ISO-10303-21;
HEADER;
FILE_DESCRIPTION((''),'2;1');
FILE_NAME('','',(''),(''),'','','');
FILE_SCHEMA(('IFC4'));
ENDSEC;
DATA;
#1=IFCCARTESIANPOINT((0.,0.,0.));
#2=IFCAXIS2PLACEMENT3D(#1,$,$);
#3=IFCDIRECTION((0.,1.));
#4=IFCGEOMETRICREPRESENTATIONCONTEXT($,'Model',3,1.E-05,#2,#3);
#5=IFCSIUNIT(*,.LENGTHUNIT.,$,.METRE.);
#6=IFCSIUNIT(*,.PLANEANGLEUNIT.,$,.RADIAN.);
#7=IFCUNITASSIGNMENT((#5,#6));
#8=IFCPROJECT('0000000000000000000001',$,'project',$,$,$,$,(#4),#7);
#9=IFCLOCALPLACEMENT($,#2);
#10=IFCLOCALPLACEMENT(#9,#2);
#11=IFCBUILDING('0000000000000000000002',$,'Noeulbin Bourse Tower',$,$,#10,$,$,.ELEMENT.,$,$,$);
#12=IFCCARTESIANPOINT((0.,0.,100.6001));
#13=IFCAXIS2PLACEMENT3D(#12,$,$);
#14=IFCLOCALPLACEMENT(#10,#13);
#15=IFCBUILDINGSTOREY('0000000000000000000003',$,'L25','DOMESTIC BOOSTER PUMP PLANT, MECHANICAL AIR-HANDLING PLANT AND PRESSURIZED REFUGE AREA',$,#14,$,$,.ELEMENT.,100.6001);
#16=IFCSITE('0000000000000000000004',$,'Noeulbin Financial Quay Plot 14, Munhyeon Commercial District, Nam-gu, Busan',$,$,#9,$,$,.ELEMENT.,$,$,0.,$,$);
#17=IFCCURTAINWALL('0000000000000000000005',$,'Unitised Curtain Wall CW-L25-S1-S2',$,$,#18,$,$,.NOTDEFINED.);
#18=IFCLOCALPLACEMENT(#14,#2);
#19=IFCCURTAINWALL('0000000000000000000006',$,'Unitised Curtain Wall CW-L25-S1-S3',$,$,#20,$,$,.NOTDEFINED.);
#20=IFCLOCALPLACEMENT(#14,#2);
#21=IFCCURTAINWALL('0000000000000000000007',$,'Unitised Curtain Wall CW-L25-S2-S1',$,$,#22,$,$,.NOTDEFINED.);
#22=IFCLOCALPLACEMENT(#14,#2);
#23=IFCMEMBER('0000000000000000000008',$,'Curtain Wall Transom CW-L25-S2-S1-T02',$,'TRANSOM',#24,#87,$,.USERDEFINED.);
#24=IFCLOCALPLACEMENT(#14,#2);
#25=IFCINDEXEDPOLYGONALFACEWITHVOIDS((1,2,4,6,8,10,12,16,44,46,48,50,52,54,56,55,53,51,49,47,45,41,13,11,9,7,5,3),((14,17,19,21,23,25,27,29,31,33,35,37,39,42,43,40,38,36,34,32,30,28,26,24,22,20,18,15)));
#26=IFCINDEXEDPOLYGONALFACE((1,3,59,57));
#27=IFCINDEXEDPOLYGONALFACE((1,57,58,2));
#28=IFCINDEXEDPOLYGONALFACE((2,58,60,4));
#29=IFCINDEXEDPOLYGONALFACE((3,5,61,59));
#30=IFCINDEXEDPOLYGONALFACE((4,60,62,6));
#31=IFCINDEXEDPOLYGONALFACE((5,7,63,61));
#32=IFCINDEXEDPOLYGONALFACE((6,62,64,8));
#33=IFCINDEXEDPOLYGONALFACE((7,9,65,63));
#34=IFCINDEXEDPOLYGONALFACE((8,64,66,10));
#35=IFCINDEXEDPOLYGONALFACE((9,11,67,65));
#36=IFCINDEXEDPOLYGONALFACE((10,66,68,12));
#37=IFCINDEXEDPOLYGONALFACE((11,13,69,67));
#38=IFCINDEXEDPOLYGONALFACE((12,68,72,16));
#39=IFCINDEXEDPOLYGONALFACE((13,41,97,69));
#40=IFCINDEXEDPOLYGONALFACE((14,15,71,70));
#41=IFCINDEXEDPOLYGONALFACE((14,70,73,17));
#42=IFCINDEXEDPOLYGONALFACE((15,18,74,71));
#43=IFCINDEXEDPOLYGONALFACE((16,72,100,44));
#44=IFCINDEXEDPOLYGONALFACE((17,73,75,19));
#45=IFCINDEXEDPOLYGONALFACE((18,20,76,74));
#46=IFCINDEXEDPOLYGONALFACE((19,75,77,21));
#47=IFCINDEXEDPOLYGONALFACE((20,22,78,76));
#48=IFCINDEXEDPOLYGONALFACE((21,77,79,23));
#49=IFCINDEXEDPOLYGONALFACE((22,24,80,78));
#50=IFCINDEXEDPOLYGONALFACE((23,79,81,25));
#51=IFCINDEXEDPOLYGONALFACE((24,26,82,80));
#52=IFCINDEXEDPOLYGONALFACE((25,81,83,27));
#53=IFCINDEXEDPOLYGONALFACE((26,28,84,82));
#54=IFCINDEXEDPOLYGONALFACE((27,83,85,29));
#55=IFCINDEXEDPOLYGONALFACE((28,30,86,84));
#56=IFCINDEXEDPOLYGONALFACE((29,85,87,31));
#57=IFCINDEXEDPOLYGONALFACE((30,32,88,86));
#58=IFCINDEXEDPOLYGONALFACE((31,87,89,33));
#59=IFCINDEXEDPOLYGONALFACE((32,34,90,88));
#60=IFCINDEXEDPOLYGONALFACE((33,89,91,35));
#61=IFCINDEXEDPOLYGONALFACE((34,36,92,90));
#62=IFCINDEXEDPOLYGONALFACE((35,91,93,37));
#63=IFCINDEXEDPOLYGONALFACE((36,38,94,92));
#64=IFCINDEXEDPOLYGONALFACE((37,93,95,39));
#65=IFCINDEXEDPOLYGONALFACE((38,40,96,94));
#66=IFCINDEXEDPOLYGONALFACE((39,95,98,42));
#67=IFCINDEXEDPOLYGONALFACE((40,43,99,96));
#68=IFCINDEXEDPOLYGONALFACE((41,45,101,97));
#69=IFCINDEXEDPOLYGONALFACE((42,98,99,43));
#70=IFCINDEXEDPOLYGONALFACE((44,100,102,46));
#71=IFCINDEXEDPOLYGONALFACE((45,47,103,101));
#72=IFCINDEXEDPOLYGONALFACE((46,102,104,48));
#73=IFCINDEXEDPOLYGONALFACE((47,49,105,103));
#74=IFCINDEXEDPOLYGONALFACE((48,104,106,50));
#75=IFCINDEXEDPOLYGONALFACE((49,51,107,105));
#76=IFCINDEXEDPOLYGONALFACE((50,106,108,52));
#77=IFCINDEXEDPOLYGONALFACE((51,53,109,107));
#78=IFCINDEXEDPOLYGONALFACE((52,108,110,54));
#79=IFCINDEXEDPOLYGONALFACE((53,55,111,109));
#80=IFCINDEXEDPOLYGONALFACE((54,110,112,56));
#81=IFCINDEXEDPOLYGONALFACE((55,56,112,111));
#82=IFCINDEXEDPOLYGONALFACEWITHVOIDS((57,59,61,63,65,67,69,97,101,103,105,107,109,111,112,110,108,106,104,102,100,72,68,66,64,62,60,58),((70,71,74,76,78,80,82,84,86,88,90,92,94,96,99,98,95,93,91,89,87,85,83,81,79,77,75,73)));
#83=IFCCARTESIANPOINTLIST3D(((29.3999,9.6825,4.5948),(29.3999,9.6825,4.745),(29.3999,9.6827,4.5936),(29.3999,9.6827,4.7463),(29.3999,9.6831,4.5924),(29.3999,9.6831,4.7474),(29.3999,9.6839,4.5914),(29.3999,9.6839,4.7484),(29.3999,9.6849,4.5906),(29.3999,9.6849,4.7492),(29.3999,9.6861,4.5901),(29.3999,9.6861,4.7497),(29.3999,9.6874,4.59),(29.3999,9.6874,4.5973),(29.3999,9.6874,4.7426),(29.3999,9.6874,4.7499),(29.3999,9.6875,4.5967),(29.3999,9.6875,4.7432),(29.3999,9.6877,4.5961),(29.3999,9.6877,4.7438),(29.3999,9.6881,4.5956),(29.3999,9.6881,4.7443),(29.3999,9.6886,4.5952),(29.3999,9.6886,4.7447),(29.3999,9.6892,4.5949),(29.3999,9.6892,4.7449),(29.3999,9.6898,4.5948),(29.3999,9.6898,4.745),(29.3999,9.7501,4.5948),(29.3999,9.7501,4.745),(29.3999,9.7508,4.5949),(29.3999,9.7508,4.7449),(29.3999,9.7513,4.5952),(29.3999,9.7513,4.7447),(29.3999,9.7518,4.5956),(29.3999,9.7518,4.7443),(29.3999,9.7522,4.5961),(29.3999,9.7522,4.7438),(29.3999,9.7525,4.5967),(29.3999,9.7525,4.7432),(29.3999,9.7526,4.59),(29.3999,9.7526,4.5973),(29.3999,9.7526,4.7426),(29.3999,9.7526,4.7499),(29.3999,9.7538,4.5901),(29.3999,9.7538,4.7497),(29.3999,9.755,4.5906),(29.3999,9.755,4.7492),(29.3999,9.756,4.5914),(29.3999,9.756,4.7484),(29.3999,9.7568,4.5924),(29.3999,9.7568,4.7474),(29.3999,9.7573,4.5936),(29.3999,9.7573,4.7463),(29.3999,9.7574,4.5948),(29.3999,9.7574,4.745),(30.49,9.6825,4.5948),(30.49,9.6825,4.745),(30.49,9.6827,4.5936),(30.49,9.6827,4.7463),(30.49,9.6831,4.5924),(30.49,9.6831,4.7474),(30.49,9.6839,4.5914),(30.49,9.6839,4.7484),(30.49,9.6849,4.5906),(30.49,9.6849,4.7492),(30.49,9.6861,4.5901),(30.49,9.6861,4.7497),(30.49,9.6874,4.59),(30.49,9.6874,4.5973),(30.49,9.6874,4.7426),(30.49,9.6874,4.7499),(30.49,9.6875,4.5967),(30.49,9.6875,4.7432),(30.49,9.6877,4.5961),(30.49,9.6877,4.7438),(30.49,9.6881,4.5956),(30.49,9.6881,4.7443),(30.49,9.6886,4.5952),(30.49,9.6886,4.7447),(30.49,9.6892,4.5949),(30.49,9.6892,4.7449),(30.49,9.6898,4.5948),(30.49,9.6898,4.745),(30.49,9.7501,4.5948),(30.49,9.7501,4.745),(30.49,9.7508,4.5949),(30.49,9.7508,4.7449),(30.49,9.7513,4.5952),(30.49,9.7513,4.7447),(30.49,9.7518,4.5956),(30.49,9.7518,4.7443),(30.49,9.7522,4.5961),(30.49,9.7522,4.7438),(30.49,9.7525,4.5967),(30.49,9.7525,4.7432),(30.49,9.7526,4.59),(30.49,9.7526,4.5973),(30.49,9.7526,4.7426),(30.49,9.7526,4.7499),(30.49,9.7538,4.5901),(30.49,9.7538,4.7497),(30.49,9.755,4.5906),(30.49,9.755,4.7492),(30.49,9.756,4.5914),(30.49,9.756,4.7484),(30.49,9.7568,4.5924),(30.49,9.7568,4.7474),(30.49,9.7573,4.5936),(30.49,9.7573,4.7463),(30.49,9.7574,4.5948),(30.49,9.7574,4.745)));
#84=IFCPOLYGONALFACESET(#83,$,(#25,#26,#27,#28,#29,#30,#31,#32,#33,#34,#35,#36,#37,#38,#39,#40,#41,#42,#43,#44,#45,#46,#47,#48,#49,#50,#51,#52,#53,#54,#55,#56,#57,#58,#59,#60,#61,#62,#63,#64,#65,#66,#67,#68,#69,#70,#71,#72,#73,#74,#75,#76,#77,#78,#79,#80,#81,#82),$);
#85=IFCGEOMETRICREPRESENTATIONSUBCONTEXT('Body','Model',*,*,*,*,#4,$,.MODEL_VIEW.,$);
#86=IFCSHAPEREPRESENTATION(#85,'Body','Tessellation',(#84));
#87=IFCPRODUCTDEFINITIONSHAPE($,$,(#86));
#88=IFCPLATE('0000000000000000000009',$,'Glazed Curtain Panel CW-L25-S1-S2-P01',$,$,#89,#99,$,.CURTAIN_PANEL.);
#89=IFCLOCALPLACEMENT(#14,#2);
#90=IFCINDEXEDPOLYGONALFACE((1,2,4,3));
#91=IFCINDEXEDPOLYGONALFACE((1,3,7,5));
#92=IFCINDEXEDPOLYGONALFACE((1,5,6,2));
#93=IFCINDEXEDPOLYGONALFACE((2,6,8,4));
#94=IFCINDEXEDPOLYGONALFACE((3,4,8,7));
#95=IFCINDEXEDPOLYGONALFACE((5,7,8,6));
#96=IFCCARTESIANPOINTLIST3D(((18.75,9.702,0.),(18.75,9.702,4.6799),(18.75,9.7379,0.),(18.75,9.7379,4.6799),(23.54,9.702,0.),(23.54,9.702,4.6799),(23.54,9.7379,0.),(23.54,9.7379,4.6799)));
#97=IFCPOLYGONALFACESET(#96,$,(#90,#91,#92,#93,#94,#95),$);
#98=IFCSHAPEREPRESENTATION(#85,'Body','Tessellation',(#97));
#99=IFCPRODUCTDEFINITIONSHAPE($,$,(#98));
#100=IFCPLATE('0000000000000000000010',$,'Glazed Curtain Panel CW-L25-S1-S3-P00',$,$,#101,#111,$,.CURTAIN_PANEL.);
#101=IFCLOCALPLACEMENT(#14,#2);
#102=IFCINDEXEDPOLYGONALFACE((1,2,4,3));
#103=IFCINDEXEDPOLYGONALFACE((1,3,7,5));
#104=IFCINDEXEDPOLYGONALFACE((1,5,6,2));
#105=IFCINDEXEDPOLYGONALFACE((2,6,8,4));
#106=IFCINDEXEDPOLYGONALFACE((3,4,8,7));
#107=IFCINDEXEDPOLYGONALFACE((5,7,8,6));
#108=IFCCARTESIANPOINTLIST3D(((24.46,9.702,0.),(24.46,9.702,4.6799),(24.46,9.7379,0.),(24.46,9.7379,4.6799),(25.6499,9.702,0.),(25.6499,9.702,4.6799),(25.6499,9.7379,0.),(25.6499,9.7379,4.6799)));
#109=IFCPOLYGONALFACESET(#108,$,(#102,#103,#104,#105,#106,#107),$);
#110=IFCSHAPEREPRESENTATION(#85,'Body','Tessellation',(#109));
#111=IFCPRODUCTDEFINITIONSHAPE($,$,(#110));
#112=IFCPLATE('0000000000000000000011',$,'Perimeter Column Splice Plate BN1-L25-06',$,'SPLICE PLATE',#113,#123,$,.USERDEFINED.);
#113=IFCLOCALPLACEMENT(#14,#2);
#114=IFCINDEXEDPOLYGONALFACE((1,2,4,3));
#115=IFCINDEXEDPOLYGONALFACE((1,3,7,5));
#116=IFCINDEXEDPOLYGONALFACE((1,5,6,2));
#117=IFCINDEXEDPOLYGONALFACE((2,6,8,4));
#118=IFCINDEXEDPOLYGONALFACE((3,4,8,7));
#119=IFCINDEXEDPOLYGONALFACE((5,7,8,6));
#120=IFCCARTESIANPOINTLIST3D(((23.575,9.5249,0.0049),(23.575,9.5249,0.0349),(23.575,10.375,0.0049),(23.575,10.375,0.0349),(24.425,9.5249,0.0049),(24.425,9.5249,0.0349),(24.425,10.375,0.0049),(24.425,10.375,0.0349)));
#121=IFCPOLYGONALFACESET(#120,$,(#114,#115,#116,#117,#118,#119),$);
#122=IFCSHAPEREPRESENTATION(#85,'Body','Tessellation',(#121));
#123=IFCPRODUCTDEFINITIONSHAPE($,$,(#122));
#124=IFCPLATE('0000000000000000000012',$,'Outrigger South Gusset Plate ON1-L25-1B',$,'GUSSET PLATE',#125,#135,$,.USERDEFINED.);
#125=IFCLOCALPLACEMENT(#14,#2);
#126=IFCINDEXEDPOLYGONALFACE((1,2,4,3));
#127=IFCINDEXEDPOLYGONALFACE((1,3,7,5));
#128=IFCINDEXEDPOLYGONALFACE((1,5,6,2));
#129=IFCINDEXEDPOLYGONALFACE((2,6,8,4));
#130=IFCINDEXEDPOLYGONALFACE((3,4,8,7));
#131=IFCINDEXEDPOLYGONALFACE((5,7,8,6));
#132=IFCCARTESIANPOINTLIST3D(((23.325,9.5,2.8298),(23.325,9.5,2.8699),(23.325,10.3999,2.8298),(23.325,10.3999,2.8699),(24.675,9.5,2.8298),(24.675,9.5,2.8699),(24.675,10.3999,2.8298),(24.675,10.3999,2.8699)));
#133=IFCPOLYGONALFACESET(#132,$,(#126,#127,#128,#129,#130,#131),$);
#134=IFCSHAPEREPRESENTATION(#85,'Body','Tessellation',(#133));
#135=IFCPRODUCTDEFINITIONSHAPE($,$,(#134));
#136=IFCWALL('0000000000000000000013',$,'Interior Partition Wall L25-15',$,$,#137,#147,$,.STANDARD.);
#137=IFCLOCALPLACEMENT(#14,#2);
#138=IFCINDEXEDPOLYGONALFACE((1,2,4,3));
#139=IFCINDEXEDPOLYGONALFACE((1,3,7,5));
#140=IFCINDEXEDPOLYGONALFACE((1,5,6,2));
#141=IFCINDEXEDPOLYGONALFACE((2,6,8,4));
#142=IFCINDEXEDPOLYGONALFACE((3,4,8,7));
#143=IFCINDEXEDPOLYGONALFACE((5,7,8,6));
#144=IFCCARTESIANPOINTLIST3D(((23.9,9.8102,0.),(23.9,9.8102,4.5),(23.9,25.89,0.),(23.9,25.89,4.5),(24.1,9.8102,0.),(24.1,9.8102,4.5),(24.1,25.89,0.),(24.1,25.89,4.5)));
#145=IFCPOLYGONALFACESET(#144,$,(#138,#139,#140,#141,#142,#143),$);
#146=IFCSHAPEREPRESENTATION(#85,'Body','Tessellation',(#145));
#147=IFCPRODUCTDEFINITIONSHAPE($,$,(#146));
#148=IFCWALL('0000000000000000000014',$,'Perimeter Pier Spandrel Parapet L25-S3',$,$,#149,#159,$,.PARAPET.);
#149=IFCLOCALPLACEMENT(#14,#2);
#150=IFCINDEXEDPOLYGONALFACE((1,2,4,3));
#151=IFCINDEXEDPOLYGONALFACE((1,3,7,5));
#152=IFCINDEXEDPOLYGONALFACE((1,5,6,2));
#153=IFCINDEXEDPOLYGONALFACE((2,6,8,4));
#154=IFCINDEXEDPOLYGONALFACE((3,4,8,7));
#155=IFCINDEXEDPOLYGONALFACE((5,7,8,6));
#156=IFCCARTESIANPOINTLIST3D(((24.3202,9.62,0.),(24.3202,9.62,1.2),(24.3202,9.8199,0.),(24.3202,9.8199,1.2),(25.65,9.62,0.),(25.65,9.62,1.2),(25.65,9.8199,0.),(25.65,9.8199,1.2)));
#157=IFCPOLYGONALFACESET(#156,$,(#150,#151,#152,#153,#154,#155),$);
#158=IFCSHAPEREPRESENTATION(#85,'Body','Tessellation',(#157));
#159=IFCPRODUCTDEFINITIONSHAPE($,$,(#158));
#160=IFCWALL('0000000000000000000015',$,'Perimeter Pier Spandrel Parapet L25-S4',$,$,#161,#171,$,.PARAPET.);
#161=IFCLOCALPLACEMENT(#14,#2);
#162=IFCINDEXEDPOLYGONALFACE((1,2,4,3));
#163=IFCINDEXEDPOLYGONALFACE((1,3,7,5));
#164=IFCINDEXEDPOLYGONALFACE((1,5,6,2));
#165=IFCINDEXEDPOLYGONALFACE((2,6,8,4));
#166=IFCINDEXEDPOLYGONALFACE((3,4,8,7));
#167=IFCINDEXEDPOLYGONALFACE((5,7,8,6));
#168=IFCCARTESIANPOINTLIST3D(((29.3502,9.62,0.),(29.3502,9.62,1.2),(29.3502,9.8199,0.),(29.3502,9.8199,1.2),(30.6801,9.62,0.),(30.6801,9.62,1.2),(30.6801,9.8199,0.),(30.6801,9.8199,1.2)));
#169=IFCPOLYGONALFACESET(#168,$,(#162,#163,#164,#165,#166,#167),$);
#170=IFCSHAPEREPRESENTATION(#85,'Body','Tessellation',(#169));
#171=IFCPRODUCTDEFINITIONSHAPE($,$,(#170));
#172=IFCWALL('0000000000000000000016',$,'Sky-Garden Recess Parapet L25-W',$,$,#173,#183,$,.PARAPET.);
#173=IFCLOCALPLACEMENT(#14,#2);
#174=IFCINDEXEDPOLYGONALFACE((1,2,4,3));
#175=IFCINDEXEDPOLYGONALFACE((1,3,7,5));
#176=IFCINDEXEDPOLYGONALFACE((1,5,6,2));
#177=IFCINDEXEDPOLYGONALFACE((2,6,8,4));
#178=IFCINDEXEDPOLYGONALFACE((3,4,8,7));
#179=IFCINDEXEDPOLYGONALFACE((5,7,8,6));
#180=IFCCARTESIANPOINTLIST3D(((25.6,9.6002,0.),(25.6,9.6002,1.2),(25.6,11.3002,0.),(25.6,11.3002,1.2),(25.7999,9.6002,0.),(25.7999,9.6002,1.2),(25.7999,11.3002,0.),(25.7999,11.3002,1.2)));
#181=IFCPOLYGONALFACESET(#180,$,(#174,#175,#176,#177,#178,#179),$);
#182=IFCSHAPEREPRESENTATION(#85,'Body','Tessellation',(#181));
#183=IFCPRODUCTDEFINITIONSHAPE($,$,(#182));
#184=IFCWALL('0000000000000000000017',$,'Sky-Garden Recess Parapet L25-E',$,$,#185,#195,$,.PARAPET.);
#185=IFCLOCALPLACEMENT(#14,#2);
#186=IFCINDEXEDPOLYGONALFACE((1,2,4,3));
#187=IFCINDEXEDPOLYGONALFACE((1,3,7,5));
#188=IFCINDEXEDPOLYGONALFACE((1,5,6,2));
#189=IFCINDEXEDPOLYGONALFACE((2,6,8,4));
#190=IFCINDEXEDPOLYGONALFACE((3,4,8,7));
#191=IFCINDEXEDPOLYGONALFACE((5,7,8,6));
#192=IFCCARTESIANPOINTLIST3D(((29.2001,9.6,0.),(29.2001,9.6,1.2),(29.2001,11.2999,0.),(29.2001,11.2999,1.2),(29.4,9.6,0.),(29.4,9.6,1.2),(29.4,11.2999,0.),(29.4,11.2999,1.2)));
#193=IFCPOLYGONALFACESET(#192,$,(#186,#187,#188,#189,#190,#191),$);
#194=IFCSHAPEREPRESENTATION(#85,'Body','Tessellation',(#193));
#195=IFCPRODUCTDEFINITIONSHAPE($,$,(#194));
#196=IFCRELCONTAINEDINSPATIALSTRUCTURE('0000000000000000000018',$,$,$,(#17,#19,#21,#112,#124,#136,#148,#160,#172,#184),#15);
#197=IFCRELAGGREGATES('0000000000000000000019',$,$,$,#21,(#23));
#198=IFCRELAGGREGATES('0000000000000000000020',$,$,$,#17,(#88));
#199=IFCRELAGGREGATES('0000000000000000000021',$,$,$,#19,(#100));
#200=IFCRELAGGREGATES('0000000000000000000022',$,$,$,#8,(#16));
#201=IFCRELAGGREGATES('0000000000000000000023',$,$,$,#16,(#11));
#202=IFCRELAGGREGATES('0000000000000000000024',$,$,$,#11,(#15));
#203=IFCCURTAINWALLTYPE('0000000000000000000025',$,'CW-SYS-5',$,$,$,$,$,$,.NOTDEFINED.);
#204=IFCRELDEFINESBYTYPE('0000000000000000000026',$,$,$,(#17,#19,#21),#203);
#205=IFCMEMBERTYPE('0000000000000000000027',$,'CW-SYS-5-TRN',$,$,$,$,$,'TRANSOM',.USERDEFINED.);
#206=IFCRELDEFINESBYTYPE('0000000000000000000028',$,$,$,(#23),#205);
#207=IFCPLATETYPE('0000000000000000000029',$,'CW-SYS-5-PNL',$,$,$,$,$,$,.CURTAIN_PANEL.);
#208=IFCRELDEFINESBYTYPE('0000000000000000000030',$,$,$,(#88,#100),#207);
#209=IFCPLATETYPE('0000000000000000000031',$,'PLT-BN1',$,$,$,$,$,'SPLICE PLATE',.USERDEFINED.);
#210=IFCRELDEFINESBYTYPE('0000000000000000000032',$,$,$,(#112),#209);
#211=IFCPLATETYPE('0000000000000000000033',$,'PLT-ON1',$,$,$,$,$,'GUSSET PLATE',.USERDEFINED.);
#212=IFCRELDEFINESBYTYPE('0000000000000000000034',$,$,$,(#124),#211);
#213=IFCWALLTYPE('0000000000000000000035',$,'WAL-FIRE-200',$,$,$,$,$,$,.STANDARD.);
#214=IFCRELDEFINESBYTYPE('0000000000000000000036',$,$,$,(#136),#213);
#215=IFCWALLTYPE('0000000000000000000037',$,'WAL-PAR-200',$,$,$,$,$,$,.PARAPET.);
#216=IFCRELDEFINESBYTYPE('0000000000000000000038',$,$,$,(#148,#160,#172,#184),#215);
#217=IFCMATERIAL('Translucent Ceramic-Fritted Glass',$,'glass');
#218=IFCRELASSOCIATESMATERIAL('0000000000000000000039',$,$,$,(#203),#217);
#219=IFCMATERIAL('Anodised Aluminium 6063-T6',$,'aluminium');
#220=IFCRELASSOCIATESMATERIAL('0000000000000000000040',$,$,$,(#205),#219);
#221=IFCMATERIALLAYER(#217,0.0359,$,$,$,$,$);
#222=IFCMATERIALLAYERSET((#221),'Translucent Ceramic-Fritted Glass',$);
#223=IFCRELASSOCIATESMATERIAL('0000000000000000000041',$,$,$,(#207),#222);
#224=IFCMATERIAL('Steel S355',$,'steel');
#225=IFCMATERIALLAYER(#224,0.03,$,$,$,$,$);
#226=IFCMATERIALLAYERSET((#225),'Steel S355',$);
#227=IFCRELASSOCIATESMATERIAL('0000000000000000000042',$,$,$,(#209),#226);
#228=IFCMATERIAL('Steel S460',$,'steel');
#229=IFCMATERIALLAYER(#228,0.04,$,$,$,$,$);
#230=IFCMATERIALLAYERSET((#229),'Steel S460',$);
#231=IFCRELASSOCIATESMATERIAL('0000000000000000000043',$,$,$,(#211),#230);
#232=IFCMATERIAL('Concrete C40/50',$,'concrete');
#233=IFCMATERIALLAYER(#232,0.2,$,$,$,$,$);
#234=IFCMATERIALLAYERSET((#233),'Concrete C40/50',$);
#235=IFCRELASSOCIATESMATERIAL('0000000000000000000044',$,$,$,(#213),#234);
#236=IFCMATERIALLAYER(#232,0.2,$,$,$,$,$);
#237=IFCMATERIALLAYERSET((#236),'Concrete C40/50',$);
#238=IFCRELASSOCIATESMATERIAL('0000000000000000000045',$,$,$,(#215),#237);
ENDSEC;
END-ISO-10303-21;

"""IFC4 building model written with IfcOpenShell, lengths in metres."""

from ifc_helpers import new_model, si_unit, direction, frame, frame_2d, origin, origin_2d, place, context, subcontext, project, spatial, rectangle, hollow_rectangle, extrude, material, layer, layer_set, material_profile, profile_set, type_object, element, aggregate, save


model = new_model("IFC4")

# Units and contexts
model_context = context("Model", 3, precision=1e-05, world=origin(), true_north=direction((0.0, 1.0)))
body_context = subcontext(model_context, "Body", "Model", "MODEL_VIEW")
ifc_project = project(units=[si_unit("LENGTHUNIT", "METRE"), si_unit("PLANEANGLEUNIT", "RADIAN")], contexts=[model_context])

# Site, building, storey
site_placement = place(None, origin())
site = spatial("IfcSite", under=ifc_project, at=site_placement, Name="Noeulbin Financial Quay Plot 14, Munhyeon Commercial District, Nam-gu, Busan", CompositionType="ELEMENT", RefElevation=0.0)
building_placement = place(site_placement, origin())
building = spatial("IfcBuilding", under=site, at=building_placement, Name="Noeulbin Bourse Tower", CompositionType="ELEMENT")
storey_placement = place(building_placement, frame((0.0, 0.0, 100.6001)))
storey = spatial("IfcBuildingStorey", under=building, at=storey_placement, Name="L25", Description="DOMESTIC BOOSTER PUMP PLANT, MECHANICAL AIR-HANDLING PLANT AND PRESSURIZED REFUGE AREA", CompositionType="ELEMENT", Elevation=100.6001)

# Shared definitions
ifc_material_1 = material(Name="Steel S460", Category="steel")

# Shared definitions
ifc_material_2 = material(Name="Steel S355", Category="steel")

# Curtain wall
ifc_material_3 = material(Name="Translucent Ceramic-Fritted Glass", Category="glass")
curtain_wall_type = type_object("IfcCurtainWallType", Name="CW-SYS-5", PredefinedType="NOTDEFINED", material=ifc_material_3)
ifc_material_4 = material(Name="Anodised Aluminium 6063-T6", Category="aluminium")
curtain_wall_1_placement = place(storey_placement, origin())
curtain_wall_1 = element("IfcCurtainWall", 1, at=curtain_wall_1_placement, inside=storey, type_object=curtain_wall_type, Name="Unitised Curtain Wall CW-L25-S1-S2", PredefinedType="NOTDEFINED")

# Curtain wall
curtain_wall_2_placement = place(storey_placement, origin())
curtain_wall_2 = element("IfcCurtainWall", 2, at=curtain_wall_2_placement, inside=storey, type_object=curtain_wall_type, Name="Unitised Curtain Wall CW-L25-S1-S3", PredefinedType="NOTDEFINED")

# Curtain wall
curtain_wall_3_placement = place(storey_placement, origin())
curtain_wall_3 = element("IfcCurtainWall", 3, at=curtain_wall_3_placement, inside=storey, type_object=curtain_wall_type, Name="Unitised Curtain Wall CW-L25-S2-S1", PredefinedType="NOTDEFINED")

# Member
ifc_material_profile_1 = material_profile(ifc_material_4, hollow_rectangle(XDim=0.075, YDim=0.1599, WallThickness=0.0049, InnerFilletRadius=0.0024, OuterFilletRadius=0.0049, at=origin_2d()), Name="ALU-TRAN-75x160x5", Category="LoadBearing")
ifc_profile_set_1 = profile_set([ifc_material_profile_1], Name="Anodised Aluminium 6063-T6")
member_type_1 = type_object("IfcMemberType", Name="CW-SYS-5-TRN", ElementType="TRANSOM", PredefinedType="USERDEFINED", material=ifc_profile_set_1)
member_1_placement = place(storey_placement, frame((29.3999, 9.72, 4.6699), z_axis=(1.0, 0.0, 0.0), x_axis=(0.0, 1.0, 0.0)))
member_1 = element("IfcMember", 4, at=member_1_placement, type_object=member_type_1, Name="Curtain Wall Transom CW-L25-S2-S1-T02", ObjectType="TRANSOM", PredefinedType="USERDEFINED", context=body_context, shape_type="SweptSolid", body=[
    extrude(hollow_rectangle(XDim=0.075, YDim=0.1599, WallThickness=0.0049, InnerFilletRadius=0.0024, OuterFilletRadius=0.0049, at=origin_2d()), origin(), (0.0, 0.0, 1.0), 1.0901),
])
aggregate(curtain_wall_3, [member_1])

# Plates
ifc_layer_1 = layer(ifc_material_3, 0.0359)
ifc_layer_set_1 = layer_set([ifc_layer_1], Name="Translucent Ceramic-Fritted Glass")
plate_type_1 = type_object("IfcPlateType", Name="CW-SYS-5-PNL", PredefinedType="CURTAIN_PANEL", material=ifc_layer_set_1)
plate_1_placement = place(storey_placement, frame((21.145, 9.72, 0.0), z_axis=(0.0, 0.0, 1.0), x_axis=(1.0, 0.0, 0.0)))
plate_1 = element("IfcPlate", 5, at=plate_1_placement, type_object=plate_type_1, Name="Glazed Curtain Panel CW-L25-S1-S2-P01", PredefinedType="CURTAIN_PANEL", context=body_context, shape_type="SweptSolid", body=[
    extrude(rectangle(XDim=4.79, YDim=0.0359, at=origin_2d()), origin(), (0.0, 0.0, 1.0), 4.6799),
])
aggregate(curtain_wall_1, [plate_1])
plate_2_placement = place(storey_placement, frame((25.0549, 9.72, 0.0), z_axis=(0.0, 0.0, 1.0), x_axis=(1.0, 0.0, 0.0)))
plate_2 = element("IfcPlate", 6, at=plate_2_placement, type_object=plate_type_1, Name="Glazed Curtain Panel CW-L25-S1-S3-P00", PredefinedType="CURTAIN_PANEL", context=body_context, shape_type="SweptSolid", body=[
    extrude(rectangle(XDim=1.1899, YDim=0.0359, at=origin_2d()), origin(), (0.0, 0.0, 1.0), 4.6799),
])
aggregate(curtain_wall_2, [plate_2])

# Plates
ifc_layer_2 = layer(ifc_material_2, 0.03)
ifc_layer_set_2 = layer_set([ifc_layer_2], Name="Steel S355")
plate_type_2 = type_object("IfcPlateType", Name="PLT-BN1", ElementType="SPLICE PLATE", PredefinedType="USERDEFINED", material=ifc_layer_set_2)
plate_3_placement = place(storey_placement, frame((24.0, 9.95, 0.0049), z_axis=(0.0, 0.0, 1.0), x_axis=(1.0, 0.0, 0.0)))
element("IfcPlate", 7, at=plate_3_placement, inside=storey, type_object=plate_type_2, Name="Perimeter Column Splice Plate BN1-L25-06", ObjectType="SPLICE PLATE", PredefinedType="USERDEFINED", context=body_context, shape_type="SweptSolid", body=[
    extrude(rectangle(XDim=0.8501, YDim=0.8501, at=origin_2d()), origin(), (0.0, 0.0, 1.0), 0.03),
])
ifc_layer_3 = layer(ifc_material_1, 0.04)
ifc_layer_set_3 = layer_set([ifc_layer_3], Name="Steel S460")
plate_type_3 = type_object("IfcPlateType", Name="PLT-ON1", ElementType="GUSSET PLATE", PredefinedType="USERDEFINED", material=ifc_layer_set_3)
plate_4_placement = place(storey_placement, frame((24.0, 9.95, 2.8298), z_axis=(0.0, 0.0, 1.0), x_axis=(1.0, 0.0, 0.0)))
element("IfcPlate", 8, at=plate_4_placement, inside=storey, type_object=plate_type_3, Name="Outrigger South Gusset Plate ON1-L25-1B", ObjectType="GUSSET PLATE", PredefinedType="USERDEFINED", context=body_context, shape_type="SweptSolid", body=[
    extrude(rectangle(XDim=1.3501, YDim=0.8999, at=origin_2d()), origin(), (0.0, 0.0, 1.0), 0.04),
])

# Walls
ifc_material_5 = material(Name="Concrete C40/50", Category="concrete")
ifc_layer_4 = layer(ifc_material_5, 0.2)
ifc_layer_set_4 = layer_set([ifc_layer_4], Name="Concrete C40/50")
wall_type_1 = type_object("IfcWallType", Name="WAL-FIRE-200", PredefinedType="STANDARD", material=ifc_layer_set_4)
wall_placement = place(storey_placement, frame((24.0, 9.8101, 0.0), z_axis=(0.0, 0.0, 1.0), x_axis=(0.0, 1.0, 0.0)))
element("IfcWall", 9, at=wall_placement, inside=storey, type_object=wall_type_1, Name="Interior Partition Wall L25-15", PredefinedType="STANDARD", context=body_context, shape_type="SweptSolid", body=[
    extrude(rectangle(XDim=16.0798, YDim=0.2, at=frame_2d((8.04, 0.0))), origin(), (0.0, 0.0, 1.0), 4.5),
])
ifc_layer_5 = layer(ifc_material_5, 0.2)
ifc_layer_set_5 = layer_set([ifc_layer_5], Name="Concrete C40/50")
wall_type_2 = type_object("IfcWallType", Name="WAL-PAR-200", PredefinedType="PARAPET", material=ifc_layer_set_5)
for number, where, z_axis, x_axis, name in (
    (10, (24.3201, 9.72, 0.0), (0.0, 0.0, 1.0), (1.0, 0.0, 0.0), "Perimeter Pier Spandrel Parapet L25-S3"),
    (11, (29.3501, 9.72, 0.0), (0.0, 0.0, 1.0), (1.0, 0.0, 0.0), "Perimeter Pier Spandrel Parapet L25-S4"),
):
    element("IfcWall", number, at=place(storey_placement, frame(where, z_axis=z_axis, x_axis=x_axis)), inside=storey, type_object=wall_type_2, Name=name, PredefinedType="PARAPET", context=body_context, shape_type="SweptSolid", body=[
        extrude(rectangle(XDim=1.3298, YDim=0.2, at=frame_2d((0.665, 0.0))), origin(), (0.0, 0.0, 1.0), 1.2),
    ])
for number, where, z_axis, x_axis, name in (
    (12, (25.7, 9.6001, 0.0), (0.0, 0.0, 1.0), (0.0, 1.0, 0.0), "Sky-Garden Recess Parapet L25-W"),
    (13, (29.3, 11.3, 0.0), (0.0, 0.0, 1.0), (0.0, -1.0, 0.0), "Sky-Garden Recess Parapet L25-E"),
):
    element("IfcWall", number, at=place(storey_placement, frame(where, z_axis=z_axis, x_axis=x_axis)), inside=storey, type_object=wall_type_2, Name=name, PredefinedType="PARAPET", context=body_context, shape_type="SweptSolid", body=[
        extrude(rectangle(XDim=1.7, YDim=0.2, at=frame_2d((0.8501, 0.0))), origin(), (0.0, 0.0, 1.0), 1.2),
    ])

save(model, "model.ifc")
